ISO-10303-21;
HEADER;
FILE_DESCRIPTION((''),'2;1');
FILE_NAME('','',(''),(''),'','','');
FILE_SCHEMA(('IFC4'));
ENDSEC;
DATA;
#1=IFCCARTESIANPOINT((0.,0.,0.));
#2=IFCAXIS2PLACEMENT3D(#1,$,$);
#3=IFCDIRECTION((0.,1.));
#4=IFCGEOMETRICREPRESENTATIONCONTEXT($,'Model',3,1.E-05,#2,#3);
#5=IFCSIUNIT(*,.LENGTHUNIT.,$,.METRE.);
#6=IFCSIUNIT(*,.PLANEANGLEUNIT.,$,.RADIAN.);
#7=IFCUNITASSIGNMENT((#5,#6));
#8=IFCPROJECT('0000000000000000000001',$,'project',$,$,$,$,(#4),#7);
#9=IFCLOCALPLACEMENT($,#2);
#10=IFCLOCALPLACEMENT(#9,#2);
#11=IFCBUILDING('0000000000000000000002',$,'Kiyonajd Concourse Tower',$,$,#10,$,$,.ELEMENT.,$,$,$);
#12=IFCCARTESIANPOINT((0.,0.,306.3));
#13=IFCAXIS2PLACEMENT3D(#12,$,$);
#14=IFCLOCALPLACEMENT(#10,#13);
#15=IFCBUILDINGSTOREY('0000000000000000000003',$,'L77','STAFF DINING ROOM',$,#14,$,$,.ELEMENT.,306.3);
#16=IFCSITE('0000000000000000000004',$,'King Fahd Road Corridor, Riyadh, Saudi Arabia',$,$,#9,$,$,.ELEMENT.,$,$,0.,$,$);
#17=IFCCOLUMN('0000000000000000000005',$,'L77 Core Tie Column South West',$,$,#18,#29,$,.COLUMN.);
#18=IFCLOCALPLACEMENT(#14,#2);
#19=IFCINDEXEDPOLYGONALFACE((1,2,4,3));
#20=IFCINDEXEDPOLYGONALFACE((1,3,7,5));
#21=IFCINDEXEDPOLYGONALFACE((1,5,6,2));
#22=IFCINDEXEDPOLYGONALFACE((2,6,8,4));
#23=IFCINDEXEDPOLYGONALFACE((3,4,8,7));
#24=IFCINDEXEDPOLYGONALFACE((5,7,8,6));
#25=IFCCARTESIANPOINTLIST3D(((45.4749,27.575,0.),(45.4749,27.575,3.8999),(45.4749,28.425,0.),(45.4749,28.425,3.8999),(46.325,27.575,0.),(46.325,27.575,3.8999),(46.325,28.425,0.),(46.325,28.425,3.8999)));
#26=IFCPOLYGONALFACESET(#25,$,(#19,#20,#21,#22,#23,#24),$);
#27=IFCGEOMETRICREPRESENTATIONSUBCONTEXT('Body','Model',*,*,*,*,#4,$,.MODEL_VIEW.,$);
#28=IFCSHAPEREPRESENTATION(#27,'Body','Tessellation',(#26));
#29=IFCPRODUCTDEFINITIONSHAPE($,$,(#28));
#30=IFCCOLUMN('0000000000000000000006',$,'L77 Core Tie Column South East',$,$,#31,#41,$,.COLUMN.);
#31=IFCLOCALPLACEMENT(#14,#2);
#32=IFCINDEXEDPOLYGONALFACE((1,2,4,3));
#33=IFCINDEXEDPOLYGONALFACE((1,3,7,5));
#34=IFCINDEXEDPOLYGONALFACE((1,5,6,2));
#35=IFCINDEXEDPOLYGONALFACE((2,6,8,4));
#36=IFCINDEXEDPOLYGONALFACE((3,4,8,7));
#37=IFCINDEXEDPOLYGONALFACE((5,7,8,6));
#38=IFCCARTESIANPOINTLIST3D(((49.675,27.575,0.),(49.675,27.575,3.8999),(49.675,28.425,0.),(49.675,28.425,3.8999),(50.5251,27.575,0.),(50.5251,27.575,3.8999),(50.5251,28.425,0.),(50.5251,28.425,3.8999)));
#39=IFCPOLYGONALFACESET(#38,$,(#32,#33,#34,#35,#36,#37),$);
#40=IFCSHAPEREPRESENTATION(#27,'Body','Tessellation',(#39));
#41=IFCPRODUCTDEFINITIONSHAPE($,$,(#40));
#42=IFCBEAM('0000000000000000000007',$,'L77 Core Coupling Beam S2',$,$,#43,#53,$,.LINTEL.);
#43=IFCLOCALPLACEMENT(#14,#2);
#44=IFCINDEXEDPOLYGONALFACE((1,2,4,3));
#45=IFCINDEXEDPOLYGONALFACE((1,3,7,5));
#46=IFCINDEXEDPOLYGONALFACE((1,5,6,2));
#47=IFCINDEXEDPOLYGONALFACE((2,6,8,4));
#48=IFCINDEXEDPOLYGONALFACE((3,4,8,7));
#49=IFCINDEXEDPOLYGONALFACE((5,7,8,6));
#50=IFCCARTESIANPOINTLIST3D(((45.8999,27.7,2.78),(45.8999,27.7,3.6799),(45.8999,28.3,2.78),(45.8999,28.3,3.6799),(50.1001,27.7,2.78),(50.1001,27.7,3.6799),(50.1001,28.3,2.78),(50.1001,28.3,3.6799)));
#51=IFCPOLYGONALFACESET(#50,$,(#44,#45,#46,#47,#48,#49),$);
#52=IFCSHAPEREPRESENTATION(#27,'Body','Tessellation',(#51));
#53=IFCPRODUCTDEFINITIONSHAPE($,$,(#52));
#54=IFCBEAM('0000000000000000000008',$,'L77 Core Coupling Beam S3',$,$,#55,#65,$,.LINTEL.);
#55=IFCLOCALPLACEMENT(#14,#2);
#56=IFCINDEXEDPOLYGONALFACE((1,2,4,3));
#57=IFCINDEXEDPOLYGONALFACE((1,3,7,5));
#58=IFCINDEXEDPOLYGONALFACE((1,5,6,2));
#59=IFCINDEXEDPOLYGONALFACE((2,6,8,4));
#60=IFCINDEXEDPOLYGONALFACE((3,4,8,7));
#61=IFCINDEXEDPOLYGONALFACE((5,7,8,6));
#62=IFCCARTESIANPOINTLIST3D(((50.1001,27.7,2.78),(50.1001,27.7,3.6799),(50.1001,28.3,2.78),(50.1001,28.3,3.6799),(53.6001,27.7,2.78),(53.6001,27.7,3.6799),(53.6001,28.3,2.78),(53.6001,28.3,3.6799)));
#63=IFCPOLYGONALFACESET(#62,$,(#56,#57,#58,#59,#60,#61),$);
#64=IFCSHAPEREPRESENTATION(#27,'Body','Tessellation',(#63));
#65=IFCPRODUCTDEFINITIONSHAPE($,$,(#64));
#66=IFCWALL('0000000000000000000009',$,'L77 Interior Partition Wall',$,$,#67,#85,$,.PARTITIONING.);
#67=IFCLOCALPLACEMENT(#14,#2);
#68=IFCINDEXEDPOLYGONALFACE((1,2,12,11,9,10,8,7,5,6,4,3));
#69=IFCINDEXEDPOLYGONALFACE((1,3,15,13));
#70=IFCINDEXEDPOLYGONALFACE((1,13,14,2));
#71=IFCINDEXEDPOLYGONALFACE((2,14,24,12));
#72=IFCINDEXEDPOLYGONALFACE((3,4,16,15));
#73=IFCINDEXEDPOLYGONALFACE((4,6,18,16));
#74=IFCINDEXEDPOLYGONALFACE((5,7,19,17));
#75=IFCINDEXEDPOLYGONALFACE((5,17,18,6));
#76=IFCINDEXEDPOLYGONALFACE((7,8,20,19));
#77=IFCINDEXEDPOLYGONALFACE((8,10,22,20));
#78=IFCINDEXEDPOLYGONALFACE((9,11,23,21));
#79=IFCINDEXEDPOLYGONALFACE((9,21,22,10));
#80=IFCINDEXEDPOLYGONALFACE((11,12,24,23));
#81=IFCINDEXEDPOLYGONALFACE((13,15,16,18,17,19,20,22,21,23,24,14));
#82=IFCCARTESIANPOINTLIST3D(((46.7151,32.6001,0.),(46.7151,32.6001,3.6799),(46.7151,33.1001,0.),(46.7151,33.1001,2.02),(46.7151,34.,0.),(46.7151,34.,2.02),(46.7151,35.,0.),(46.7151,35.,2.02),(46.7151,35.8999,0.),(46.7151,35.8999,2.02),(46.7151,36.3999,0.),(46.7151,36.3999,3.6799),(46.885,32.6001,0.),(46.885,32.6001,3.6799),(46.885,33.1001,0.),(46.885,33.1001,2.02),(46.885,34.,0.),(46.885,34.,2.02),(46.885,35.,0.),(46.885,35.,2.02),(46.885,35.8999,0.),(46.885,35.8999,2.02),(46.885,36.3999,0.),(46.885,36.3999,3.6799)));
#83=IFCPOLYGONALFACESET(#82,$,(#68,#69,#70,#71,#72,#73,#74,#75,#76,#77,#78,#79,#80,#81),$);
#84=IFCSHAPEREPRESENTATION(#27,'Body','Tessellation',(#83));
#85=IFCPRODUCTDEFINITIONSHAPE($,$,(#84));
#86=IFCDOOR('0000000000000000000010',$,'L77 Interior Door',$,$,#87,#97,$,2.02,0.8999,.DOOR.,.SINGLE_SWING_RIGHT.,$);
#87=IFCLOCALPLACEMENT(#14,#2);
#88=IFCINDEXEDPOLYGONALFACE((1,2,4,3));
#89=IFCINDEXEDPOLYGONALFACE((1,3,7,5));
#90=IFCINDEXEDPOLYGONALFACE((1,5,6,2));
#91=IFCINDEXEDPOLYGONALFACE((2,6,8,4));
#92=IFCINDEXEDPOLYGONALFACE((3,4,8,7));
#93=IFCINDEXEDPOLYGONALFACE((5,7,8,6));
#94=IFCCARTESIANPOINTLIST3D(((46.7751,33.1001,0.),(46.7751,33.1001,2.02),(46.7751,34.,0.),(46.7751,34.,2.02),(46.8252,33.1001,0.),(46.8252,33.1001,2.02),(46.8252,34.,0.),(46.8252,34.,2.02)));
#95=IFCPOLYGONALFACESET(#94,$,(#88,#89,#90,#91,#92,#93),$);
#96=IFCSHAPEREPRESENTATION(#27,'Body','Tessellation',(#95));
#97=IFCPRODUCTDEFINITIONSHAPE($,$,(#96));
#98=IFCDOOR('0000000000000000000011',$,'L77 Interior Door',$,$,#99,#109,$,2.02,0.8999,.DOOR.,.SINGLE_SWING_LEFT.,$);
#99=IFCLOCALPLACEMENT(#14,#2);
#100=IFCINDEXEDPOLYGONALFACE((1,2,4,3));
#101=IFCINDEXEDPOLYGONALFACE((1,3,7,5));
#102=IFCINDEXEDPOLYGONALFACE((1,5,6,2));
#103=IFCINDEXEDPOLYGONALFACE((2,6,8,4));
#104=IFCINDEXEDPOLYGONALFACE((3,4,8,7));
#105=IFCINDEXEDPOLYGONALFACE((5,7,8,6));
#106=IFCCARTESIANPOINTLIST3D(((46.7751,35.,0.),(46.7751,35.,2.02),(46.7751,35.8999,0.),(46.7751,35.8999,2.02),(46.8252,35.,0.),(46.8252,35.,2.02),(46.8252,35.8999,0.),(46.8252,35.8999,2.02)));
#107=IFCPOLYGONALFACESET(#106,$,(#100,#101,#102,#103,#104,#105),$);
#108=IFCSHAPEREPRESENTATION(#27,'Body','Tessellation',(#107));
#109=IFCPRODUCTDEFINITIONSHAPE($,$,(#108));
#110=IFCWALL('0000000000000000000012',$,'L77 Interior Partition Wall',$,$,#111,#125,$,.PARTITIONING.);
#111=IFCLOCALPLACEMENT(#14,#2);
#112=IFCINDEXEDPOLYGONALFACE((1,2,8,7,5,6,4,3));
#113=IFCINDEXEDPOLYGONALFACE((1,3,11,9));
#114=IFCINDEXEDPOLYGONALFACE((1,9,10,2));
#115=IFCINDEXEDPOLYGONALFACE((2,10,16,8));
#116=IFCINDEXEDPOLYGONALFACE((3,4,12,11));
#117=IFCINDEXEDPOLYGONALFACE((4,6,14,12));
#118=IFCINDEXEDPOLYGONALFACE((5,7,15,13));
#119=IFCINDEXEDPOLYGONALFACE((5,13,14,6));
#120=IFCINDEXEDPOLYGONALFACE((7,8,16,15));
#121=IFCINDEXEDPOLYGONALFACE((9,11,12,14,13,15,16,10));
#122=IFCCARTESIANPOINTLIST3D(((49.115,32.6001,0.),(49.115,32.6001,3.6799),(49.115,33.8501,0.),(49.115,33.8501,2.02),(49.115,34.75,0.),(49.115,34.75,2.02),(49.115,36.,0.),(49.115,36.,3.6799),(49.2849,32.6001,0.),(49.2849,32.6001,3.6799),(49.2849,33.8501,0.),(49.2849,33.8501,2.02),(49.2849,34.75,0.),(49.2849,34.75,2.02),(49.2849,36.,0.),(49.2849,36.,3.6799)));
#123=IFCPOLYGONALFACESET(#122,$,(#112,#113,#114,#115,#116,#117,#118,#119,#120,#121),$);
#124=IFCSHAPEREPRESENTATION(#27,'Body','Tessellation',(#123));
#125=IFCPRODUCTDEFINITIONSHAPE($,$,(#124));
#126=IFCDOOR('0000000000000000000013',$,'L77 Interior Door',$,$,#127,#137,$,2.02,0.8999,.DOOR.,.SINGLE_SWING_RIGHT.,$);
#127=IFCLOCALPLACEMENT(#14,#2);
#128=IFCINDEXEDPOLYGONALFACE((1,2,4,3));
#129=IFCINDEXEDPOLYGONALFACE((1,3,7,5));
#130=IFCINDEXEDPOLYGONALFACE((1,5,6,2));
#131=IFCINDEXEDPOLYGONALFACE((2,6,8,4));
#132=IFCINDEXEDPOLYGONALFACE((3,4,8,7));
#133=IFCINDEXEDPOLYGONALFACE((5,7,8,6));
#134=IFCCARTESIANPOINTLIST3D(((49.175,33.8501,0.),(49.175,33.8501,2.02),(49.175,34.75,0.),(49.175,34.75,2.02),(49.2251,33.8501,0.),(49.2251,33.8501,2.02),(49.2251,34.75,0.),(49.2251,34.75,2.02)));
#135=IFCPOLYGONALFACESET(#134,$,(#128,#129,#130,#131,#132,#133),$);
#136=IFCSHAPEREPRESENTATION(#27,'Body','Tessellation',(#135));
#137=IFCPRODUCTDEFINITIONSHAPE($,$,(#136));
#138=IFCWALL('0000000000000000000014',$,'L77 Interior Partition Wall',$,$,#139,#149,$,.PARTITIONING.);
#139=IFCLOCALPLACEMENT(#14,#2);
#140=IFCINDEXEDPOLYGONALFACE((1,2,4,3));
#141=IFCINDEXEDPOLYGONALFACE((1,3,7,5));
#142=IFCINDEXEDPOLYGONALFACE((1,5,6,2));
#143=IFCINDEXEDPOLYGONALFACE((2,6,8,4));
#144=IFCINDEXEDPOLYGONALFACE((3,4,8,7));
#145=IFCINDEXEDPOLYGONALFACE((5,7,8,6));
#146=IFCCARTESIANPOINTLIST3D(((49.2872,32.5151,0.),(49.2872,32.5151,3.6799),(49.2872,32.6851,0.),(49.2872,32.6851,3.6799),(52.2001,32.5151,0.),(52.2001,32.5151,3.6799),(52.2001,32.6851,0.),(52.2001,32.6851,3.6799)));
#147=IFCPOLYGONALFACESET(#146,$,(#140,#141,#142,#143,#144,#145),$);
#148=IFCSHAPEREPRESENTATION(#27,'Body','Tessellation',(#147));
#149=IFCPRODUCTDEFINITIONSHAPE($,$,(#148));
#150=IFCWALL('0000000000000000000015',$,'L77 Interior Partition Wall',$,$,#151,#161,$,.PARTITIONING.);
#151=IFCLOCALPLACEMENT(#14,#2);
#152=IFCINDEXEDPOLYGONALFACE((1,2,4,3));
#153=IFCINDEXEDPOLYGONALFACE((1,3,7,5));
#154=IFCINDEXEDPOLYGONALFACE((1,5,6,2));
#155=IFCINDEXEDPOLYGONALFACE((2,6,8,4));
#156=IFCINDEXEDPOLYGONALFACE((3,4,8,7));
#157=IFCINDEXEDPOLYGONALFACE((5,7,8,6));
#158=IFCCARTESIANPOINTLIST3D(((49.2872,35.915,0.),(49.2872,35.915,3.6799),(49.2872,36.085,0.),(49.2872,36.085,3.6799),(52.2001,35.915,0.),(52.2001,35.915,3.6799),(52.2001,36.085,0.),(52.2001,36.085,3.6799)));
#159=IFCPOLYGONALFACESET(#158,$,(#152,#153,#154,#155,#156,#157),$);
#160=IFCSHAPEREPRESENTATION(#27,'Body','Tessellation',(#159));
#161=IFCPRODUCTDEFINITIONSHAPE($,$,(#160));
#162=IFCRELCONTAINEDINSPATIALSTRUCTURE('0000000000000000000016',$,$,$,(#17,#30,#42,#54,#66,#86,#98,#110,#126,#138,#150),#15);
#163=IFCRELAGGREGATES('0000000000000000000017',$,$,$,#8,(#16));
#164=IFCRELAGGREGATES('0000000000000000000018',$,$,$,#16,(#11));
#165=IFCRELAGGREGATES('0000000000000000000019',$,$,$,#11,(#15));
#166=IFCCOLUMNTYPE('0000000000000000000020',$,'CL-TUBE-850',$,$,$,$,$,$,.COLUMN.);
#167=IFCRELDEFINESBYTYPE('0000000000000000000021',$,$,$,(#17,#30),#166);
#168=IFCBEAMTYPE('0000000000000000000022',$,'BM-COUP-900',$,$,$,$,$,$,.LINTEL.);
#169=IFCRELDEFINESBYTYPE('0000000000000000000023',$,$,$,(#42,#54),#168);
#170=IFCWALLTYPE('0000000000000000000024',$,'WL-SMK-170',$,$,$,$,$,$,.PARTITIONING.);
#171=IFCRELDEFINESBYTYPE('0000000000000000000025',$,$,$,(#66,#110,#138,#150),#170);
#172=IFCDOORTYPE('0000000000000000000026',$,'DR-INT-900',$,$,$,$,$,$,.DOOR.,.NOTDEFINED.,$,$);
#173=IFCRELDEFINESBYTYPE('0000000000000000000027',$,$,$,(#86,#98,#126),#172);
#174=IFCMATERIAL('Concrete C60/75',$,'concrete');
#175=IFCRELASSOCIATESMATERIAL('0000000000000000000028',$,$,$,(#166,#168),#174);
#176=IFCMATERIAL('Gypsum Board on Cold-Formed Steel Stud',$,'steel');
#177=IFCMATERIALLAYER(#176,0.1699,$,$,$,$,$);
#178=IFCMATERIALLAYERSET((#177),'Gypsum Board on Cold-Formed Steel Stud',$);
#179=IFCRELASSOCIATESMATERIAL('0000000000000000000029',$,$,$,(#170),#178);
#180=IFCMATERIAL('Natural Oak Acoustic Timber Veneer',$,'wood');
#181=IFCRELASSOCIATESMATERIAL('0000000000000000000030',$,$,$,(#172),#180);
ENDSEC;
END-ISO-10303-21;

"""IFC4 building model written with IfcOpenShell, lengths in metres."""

from ifc_helpers import new_model, si_unit, direction, frame, frame_2d, origin, origin_2d, place, context, subcontext, project, spatial, rectangle, extrude, material, layer, layer_set, material_profile, profile_set, type_object, element, fill, save


model = new_model("IFC4")

# Units and contexts
model_context = context("Model", 3, precision=1e-05, world=origin(), true_north=direction((0.0, 1.0)))
body_context = subcontext(model_context, "Body", "Model", "MODEL_VIEW")
ifc_project = project(units=[si_unit("LENGTHUNIT", "METRE"), si_unit("PLANEANGLEUNIT", "RADIAN")], contexts=[model_context])

# Site, building, storey
site_placement = place(None, origin())
site = spatial("IfcSite", under=ifc_project, at=site_placement, Name="King Fahd Road Corridor, Riyadh, Saudi Arabia", CompositionType="ELEMENT", RefElevation=0.0)
building_placement = place(site_placement, origin())
building = spatial("IfcBuilding", under=site, at=building_placement, Name="Kiyonajd Concourse Tower", CompositionType="ELEMENT")
storey_placement = place(building_placement, frame((0.0, 0.0, 306.3)))
storey = spatial("IfcBuildingStorey", under=building, at=storey_placement, Name="L77", Description="STAFF DINING ROOM", CompositionType="ELEMENT", Elevation=306.3)

# Columns
ifc_material_1 = material(Name="Concrete C60/75", Category="concrete")
ifc_material_profile_1 = material_profile(ifc_material_1, rectangle(XDim=0.8501, YDim=0.8501, at=origin_2d()), Name="RC-850x850")
ifc_profile_set_1 = profile_set([ifc_material_profile_1], Name="Concrete C60/75")
column_type = type_object("IfcColumnType", Name="CL-TUBE-850", PredefinedType="COLUMN", material=ifc_profile_set_1)
for number, where, z_axis, x_axis, name in (
    (1, (45.8999, 28.0, 0.0), (0.0, 0.0, 1.0), (1.0, 0.0, 0.0), "L77 Core Tie Column South West"),
    (2, (50.1001, 28.0, 0.0), (0.0, 0.0, 1.0), (1.0, 0.0, 0.0), "L77 Core Tie Column South East"),
):
    element("IfcColumn", number, at=place(storey_placement, frame(where, z_axis=z_axis, x_axis=x_axis)), inside=storey, type_object=column_type, Name=name, PredefinedType="COLUMN", context=body_context, shape_type="SweptSolid", body=[
        extrude(rectangle(XDim=0.8501, YDim=0.8501, at=origin_2d()), origin(), (0.0, 0.0, 1.0), 3.8999),
    ])

# Beams
ifc_material_profile_2 = material_profile(ifc_material_1, rectangle(XDim=0.6001, YDim=0.8999, at=origin_2d()), Name="RCBM-600x900")
ifc_profile_set_2 = profile_set([ifc_material_profile_2], Name="Concrete C60/75")
beam_type = type_object("IfcBeamType", Name="BM-COUP-900", PredefinedType="LINTEL", material=ifc_profile_set_2)
beam_1_placement = place(storey_placement, frame((45.8999, 28.0, 3.23), z_axis=(1.0, 0.0, 0.0), x_axis=(0.0, 1.0, 0.0)))
element("IfcBeam", 3, at=beam_1_placement, inside=storey, type_object=beam_type, Name="L77 Core Coupling Beam S2", PredefinedType="LINTEL", context=body_context, shape_type="SweptSolid", body=[
    extrude(rectangle(XDim=0.6001, YDim=0.8999, at=origin_2d()), origin(), (0.0, 0.0, 1.0), 4.2002),
])
beam_2_placement = place(storey_placement, frame((50.1001, 28.0, 3.23), z_axis=(1.0, 0.0, 0.0), x_axis=(0.0, 1.0, 0.0)))
element("IfcBeam", 4, at=beam_2_placement, inside=storey, type_object=beam_type, Name="L77 Core Coupling Beam S3", PredefinedType="LINTEL", context=body_context, shape_type="SweptSolid", body=[
    extrude(rectangle(XDim=0.6001, YDim=0.8999, at=origin_2d()), origin(), (0.0, 0.0, 1.0), 3.5),
])

# Wall, openings, doors
ifc_material_2 = material(Name="Gypsum Board on Cold-Formed Steel Stud", Category="steel")
ifc_layer = layer(ifc_material_2, 0.1699)
ifc_layer_set = layer_set([ifc_layer], Name="Gypsum Board on Cold-Formed Steel Stud")
wall_type = type_object("IfcWallType", Name="WL-SMK-170", PredefinedType="PARTITIONING", material=ifc_layer_set)
wall_1_placement = place(storey_placement, frame((46.8, 32.6001, 0.0), z_axis=(0.0, 0.0, 1.0), x_axis=(0.0, 1.0, 0.0)))
wall_1 = element("IfcWall", 5, at=wall_1_placement, inside=storey, type_object=wall_type, Name="L77 Interior Partition Wall", PredefinedType="PARTITIONING", context=body_context, shape_type="SweptSolid", body=[
    extrude(rectangle(XDim=3.7998, YDim=0.1699, at=frame_2d((1.8999, 0.0))), origin(), (0.0, 0.0, 1.0), 3.6799),
])
opening_1_placement = place(wall_1_placement, frame((0.5, 0.0, 0.0)))
opening_1 = element("IfcOpeningElement", 6, at=opening_1_placement, cuts=wall_1, PredefinedType="OPENING", context=body_context, shape_type="SweptSolid", body=[
    extrude(rectangle(XDim=0.8999, YDim=2.02, at=frame_2d((0.45, 1.01))), frame((0.0, 0.095, 0.0), z_axis=(0.0, -1.0, 0.0), x_axis=(1.0, 0.0, 0.0)), (0.0, 0.0, 1.0), 0.1899),
])
opening_2_placement = place(wall_1_placement, frame((2.3999, 0.0, 0.0)))
opening_2 = element("IfcOpeningElement", 7, at=opening_2_placement, cuts=wall_1, PredefinedType="OPENING", context=body_context, shape_type="SweptSolid", body=[
    extrude(rectangle(XDim=0.8999, YDim=2.02, at=frame_2d((0.45, 1.01))), frame((0.0, 0.095, 0.0), z_axis=(0.0, -1.0, 0.0), x_axis=(1.0, 0.0, 0.0)), (0.0, 0.0, 1.0), 0.1899),
])
ifc_material_3 = material(Name="Natural Oak Acoustic Timber Veneer", Category="wood")
door_type = type_object("IfcDoorType", Name="DR-INT-900", OperationType="NOTDEFINED", PredefinedType="DOOR", material=ifc_material_3)
door_1_placement = place(opening_1_placement, origin())
door_1 = element("IfcDoor", 8, at=door_1_placement, inside=storey, type_object=door_type, Name="L77 Interior Door", OperationType="SINGLE_SWING_RIGHT", OverallHeight=2.02, OverallWidth=0.8999, PredefinedType="DOOR", context=body_context, shape_type="SweptSolid", body=[
    extrude(rectangle(XDim=0.8999, YDim=2.02, at=frame_2d((0.45, 1.01))), frame((0.0, 0.0249, 0.0), z_axis=(0.0, -1.0, 0.0), x_axis=(1.0, 0.0, 0.0)), (0.0, 0.0, 1.0), 0.05),
])
fill(opening_1, door_1)
door_2_placement = place(opening_2_placement, origin())
door_2 = element("IfcDoor", 9, at=door_2_placement, inside=storey, type_object=door_type, Name="L77 Interior Door", OperationType="SINGLE_SWING_LEFT", OverallHeight=2.02, OverallWidth=0.8999, PredefinedType="DOOR", context=body_context, shape_type="SweptSolid", body=[
    extrude(rectangle(XDim=0.8999, YDim=2.02, at=frame_2d((0.45, 1.01))), frame((0.0, 0.0249, 0.0), z_axis=(0.0, -1.0, 0.0), x_axis=(1.0, 0.0, 0.0)), (0.0, 0.0, 1.0), 0.05),
])
fill(opening_2, door_2)

# Wall, opening, door
wall_2_placement = place(storey_placement, frame((49.2, 32.6001, 0.0), z_axis=(0.0, 0.0, 1.0), x_axis=(0.0, 1.0, 0.0)))
wall_2 = element("IfcWall", 10, at=wall_2_placement, inside=storey, type_object=wall_type, Name="L77 Interior Partition Wall", PredefinedType="PARTITIONING", context=body_context, shape_type="SweptSolid", body=[
    extrude(rectangle(XDim=3.3999, YDim=0.1699, at=frame_2d((1.7, 0.0))), origin(), (0.0, 0.0, 1.0), 3.6799),
])
opening_3_placement = place(wall_2_placement, frame((1.25, 0.0, 0.0)))
opening_3 = element("IfcOpeningElement", 11, at=opening_3_placement, cuts=wall_2, PredefinedType="OPENING", context=body_context, shape_type="SweptSolid", body=[
    extrude(rectangle(XDim=0.8999, YDim=2.02, at=frame_2d((0.45, 1.01))), frame((0.0, 0.095, 0.0), z_axis=(0.0, -1.0, 0.0), x_axis=(1.0, 0.0, 0.0)), (0.0, 0.0, 1.0), 0.1899),
])
door_3_placement = place(opening_3_placement, origin())
door_3 = element("IfcDoor", 12, at=door_3_placement, inside=storey, type_object=door_type, Name="L77 Interior Door", OperationType="SINGLE_SWING_RIGHT", OverallHeight=2.02, OverallWidth=0.8999, PredefinedType="DOOR", context=body_context, shape_type="SweptSolid", body=[
    extrude(rectangle(XDim=0.8999, YDim=2.02, at=frame_2d((0.45, 1.01))), frame((0.0, 0.0249, 0.0), z_axis=(0.0, -1.0, 0.0), x_axis=(1.0, 0.0, 0.0)), (0.0, 0.0, 1.0), 0.05),
])
fill(opening_3, door_3)

# Walls
for number, where, z_axis, x_axis, name in (
    (13, (49.2871, 32.6001, 0.0), (0.0, 0.0, 1.0), (1.0, 0.0, 0.0), "L77 Interior Partition Wall"),
    (14, (49.2871, 36.0, 0.0), (0.0, 0.0, 1.0), (1.0, 0.0, 0.0), "L77 Interior Partition Wall"),
):
    element("IfcWall", number, at=place(storey_placement, frame(where, z_axis=z_axis, x_axis=x_axis)), inside=storey, type_object=wall_type, Name=name, PredefinedType="PARTITIONING", context=body_context, shape_type="SweptSolid", body=[
        extrude(rectangle(XDim=2.9128, YDim=0.1699, at=frame_2d((1.4565, 0.0))), origin(), (0.0, 0.0, 1.0), 3.6799),
    ])

save(model, "model.ifc")
